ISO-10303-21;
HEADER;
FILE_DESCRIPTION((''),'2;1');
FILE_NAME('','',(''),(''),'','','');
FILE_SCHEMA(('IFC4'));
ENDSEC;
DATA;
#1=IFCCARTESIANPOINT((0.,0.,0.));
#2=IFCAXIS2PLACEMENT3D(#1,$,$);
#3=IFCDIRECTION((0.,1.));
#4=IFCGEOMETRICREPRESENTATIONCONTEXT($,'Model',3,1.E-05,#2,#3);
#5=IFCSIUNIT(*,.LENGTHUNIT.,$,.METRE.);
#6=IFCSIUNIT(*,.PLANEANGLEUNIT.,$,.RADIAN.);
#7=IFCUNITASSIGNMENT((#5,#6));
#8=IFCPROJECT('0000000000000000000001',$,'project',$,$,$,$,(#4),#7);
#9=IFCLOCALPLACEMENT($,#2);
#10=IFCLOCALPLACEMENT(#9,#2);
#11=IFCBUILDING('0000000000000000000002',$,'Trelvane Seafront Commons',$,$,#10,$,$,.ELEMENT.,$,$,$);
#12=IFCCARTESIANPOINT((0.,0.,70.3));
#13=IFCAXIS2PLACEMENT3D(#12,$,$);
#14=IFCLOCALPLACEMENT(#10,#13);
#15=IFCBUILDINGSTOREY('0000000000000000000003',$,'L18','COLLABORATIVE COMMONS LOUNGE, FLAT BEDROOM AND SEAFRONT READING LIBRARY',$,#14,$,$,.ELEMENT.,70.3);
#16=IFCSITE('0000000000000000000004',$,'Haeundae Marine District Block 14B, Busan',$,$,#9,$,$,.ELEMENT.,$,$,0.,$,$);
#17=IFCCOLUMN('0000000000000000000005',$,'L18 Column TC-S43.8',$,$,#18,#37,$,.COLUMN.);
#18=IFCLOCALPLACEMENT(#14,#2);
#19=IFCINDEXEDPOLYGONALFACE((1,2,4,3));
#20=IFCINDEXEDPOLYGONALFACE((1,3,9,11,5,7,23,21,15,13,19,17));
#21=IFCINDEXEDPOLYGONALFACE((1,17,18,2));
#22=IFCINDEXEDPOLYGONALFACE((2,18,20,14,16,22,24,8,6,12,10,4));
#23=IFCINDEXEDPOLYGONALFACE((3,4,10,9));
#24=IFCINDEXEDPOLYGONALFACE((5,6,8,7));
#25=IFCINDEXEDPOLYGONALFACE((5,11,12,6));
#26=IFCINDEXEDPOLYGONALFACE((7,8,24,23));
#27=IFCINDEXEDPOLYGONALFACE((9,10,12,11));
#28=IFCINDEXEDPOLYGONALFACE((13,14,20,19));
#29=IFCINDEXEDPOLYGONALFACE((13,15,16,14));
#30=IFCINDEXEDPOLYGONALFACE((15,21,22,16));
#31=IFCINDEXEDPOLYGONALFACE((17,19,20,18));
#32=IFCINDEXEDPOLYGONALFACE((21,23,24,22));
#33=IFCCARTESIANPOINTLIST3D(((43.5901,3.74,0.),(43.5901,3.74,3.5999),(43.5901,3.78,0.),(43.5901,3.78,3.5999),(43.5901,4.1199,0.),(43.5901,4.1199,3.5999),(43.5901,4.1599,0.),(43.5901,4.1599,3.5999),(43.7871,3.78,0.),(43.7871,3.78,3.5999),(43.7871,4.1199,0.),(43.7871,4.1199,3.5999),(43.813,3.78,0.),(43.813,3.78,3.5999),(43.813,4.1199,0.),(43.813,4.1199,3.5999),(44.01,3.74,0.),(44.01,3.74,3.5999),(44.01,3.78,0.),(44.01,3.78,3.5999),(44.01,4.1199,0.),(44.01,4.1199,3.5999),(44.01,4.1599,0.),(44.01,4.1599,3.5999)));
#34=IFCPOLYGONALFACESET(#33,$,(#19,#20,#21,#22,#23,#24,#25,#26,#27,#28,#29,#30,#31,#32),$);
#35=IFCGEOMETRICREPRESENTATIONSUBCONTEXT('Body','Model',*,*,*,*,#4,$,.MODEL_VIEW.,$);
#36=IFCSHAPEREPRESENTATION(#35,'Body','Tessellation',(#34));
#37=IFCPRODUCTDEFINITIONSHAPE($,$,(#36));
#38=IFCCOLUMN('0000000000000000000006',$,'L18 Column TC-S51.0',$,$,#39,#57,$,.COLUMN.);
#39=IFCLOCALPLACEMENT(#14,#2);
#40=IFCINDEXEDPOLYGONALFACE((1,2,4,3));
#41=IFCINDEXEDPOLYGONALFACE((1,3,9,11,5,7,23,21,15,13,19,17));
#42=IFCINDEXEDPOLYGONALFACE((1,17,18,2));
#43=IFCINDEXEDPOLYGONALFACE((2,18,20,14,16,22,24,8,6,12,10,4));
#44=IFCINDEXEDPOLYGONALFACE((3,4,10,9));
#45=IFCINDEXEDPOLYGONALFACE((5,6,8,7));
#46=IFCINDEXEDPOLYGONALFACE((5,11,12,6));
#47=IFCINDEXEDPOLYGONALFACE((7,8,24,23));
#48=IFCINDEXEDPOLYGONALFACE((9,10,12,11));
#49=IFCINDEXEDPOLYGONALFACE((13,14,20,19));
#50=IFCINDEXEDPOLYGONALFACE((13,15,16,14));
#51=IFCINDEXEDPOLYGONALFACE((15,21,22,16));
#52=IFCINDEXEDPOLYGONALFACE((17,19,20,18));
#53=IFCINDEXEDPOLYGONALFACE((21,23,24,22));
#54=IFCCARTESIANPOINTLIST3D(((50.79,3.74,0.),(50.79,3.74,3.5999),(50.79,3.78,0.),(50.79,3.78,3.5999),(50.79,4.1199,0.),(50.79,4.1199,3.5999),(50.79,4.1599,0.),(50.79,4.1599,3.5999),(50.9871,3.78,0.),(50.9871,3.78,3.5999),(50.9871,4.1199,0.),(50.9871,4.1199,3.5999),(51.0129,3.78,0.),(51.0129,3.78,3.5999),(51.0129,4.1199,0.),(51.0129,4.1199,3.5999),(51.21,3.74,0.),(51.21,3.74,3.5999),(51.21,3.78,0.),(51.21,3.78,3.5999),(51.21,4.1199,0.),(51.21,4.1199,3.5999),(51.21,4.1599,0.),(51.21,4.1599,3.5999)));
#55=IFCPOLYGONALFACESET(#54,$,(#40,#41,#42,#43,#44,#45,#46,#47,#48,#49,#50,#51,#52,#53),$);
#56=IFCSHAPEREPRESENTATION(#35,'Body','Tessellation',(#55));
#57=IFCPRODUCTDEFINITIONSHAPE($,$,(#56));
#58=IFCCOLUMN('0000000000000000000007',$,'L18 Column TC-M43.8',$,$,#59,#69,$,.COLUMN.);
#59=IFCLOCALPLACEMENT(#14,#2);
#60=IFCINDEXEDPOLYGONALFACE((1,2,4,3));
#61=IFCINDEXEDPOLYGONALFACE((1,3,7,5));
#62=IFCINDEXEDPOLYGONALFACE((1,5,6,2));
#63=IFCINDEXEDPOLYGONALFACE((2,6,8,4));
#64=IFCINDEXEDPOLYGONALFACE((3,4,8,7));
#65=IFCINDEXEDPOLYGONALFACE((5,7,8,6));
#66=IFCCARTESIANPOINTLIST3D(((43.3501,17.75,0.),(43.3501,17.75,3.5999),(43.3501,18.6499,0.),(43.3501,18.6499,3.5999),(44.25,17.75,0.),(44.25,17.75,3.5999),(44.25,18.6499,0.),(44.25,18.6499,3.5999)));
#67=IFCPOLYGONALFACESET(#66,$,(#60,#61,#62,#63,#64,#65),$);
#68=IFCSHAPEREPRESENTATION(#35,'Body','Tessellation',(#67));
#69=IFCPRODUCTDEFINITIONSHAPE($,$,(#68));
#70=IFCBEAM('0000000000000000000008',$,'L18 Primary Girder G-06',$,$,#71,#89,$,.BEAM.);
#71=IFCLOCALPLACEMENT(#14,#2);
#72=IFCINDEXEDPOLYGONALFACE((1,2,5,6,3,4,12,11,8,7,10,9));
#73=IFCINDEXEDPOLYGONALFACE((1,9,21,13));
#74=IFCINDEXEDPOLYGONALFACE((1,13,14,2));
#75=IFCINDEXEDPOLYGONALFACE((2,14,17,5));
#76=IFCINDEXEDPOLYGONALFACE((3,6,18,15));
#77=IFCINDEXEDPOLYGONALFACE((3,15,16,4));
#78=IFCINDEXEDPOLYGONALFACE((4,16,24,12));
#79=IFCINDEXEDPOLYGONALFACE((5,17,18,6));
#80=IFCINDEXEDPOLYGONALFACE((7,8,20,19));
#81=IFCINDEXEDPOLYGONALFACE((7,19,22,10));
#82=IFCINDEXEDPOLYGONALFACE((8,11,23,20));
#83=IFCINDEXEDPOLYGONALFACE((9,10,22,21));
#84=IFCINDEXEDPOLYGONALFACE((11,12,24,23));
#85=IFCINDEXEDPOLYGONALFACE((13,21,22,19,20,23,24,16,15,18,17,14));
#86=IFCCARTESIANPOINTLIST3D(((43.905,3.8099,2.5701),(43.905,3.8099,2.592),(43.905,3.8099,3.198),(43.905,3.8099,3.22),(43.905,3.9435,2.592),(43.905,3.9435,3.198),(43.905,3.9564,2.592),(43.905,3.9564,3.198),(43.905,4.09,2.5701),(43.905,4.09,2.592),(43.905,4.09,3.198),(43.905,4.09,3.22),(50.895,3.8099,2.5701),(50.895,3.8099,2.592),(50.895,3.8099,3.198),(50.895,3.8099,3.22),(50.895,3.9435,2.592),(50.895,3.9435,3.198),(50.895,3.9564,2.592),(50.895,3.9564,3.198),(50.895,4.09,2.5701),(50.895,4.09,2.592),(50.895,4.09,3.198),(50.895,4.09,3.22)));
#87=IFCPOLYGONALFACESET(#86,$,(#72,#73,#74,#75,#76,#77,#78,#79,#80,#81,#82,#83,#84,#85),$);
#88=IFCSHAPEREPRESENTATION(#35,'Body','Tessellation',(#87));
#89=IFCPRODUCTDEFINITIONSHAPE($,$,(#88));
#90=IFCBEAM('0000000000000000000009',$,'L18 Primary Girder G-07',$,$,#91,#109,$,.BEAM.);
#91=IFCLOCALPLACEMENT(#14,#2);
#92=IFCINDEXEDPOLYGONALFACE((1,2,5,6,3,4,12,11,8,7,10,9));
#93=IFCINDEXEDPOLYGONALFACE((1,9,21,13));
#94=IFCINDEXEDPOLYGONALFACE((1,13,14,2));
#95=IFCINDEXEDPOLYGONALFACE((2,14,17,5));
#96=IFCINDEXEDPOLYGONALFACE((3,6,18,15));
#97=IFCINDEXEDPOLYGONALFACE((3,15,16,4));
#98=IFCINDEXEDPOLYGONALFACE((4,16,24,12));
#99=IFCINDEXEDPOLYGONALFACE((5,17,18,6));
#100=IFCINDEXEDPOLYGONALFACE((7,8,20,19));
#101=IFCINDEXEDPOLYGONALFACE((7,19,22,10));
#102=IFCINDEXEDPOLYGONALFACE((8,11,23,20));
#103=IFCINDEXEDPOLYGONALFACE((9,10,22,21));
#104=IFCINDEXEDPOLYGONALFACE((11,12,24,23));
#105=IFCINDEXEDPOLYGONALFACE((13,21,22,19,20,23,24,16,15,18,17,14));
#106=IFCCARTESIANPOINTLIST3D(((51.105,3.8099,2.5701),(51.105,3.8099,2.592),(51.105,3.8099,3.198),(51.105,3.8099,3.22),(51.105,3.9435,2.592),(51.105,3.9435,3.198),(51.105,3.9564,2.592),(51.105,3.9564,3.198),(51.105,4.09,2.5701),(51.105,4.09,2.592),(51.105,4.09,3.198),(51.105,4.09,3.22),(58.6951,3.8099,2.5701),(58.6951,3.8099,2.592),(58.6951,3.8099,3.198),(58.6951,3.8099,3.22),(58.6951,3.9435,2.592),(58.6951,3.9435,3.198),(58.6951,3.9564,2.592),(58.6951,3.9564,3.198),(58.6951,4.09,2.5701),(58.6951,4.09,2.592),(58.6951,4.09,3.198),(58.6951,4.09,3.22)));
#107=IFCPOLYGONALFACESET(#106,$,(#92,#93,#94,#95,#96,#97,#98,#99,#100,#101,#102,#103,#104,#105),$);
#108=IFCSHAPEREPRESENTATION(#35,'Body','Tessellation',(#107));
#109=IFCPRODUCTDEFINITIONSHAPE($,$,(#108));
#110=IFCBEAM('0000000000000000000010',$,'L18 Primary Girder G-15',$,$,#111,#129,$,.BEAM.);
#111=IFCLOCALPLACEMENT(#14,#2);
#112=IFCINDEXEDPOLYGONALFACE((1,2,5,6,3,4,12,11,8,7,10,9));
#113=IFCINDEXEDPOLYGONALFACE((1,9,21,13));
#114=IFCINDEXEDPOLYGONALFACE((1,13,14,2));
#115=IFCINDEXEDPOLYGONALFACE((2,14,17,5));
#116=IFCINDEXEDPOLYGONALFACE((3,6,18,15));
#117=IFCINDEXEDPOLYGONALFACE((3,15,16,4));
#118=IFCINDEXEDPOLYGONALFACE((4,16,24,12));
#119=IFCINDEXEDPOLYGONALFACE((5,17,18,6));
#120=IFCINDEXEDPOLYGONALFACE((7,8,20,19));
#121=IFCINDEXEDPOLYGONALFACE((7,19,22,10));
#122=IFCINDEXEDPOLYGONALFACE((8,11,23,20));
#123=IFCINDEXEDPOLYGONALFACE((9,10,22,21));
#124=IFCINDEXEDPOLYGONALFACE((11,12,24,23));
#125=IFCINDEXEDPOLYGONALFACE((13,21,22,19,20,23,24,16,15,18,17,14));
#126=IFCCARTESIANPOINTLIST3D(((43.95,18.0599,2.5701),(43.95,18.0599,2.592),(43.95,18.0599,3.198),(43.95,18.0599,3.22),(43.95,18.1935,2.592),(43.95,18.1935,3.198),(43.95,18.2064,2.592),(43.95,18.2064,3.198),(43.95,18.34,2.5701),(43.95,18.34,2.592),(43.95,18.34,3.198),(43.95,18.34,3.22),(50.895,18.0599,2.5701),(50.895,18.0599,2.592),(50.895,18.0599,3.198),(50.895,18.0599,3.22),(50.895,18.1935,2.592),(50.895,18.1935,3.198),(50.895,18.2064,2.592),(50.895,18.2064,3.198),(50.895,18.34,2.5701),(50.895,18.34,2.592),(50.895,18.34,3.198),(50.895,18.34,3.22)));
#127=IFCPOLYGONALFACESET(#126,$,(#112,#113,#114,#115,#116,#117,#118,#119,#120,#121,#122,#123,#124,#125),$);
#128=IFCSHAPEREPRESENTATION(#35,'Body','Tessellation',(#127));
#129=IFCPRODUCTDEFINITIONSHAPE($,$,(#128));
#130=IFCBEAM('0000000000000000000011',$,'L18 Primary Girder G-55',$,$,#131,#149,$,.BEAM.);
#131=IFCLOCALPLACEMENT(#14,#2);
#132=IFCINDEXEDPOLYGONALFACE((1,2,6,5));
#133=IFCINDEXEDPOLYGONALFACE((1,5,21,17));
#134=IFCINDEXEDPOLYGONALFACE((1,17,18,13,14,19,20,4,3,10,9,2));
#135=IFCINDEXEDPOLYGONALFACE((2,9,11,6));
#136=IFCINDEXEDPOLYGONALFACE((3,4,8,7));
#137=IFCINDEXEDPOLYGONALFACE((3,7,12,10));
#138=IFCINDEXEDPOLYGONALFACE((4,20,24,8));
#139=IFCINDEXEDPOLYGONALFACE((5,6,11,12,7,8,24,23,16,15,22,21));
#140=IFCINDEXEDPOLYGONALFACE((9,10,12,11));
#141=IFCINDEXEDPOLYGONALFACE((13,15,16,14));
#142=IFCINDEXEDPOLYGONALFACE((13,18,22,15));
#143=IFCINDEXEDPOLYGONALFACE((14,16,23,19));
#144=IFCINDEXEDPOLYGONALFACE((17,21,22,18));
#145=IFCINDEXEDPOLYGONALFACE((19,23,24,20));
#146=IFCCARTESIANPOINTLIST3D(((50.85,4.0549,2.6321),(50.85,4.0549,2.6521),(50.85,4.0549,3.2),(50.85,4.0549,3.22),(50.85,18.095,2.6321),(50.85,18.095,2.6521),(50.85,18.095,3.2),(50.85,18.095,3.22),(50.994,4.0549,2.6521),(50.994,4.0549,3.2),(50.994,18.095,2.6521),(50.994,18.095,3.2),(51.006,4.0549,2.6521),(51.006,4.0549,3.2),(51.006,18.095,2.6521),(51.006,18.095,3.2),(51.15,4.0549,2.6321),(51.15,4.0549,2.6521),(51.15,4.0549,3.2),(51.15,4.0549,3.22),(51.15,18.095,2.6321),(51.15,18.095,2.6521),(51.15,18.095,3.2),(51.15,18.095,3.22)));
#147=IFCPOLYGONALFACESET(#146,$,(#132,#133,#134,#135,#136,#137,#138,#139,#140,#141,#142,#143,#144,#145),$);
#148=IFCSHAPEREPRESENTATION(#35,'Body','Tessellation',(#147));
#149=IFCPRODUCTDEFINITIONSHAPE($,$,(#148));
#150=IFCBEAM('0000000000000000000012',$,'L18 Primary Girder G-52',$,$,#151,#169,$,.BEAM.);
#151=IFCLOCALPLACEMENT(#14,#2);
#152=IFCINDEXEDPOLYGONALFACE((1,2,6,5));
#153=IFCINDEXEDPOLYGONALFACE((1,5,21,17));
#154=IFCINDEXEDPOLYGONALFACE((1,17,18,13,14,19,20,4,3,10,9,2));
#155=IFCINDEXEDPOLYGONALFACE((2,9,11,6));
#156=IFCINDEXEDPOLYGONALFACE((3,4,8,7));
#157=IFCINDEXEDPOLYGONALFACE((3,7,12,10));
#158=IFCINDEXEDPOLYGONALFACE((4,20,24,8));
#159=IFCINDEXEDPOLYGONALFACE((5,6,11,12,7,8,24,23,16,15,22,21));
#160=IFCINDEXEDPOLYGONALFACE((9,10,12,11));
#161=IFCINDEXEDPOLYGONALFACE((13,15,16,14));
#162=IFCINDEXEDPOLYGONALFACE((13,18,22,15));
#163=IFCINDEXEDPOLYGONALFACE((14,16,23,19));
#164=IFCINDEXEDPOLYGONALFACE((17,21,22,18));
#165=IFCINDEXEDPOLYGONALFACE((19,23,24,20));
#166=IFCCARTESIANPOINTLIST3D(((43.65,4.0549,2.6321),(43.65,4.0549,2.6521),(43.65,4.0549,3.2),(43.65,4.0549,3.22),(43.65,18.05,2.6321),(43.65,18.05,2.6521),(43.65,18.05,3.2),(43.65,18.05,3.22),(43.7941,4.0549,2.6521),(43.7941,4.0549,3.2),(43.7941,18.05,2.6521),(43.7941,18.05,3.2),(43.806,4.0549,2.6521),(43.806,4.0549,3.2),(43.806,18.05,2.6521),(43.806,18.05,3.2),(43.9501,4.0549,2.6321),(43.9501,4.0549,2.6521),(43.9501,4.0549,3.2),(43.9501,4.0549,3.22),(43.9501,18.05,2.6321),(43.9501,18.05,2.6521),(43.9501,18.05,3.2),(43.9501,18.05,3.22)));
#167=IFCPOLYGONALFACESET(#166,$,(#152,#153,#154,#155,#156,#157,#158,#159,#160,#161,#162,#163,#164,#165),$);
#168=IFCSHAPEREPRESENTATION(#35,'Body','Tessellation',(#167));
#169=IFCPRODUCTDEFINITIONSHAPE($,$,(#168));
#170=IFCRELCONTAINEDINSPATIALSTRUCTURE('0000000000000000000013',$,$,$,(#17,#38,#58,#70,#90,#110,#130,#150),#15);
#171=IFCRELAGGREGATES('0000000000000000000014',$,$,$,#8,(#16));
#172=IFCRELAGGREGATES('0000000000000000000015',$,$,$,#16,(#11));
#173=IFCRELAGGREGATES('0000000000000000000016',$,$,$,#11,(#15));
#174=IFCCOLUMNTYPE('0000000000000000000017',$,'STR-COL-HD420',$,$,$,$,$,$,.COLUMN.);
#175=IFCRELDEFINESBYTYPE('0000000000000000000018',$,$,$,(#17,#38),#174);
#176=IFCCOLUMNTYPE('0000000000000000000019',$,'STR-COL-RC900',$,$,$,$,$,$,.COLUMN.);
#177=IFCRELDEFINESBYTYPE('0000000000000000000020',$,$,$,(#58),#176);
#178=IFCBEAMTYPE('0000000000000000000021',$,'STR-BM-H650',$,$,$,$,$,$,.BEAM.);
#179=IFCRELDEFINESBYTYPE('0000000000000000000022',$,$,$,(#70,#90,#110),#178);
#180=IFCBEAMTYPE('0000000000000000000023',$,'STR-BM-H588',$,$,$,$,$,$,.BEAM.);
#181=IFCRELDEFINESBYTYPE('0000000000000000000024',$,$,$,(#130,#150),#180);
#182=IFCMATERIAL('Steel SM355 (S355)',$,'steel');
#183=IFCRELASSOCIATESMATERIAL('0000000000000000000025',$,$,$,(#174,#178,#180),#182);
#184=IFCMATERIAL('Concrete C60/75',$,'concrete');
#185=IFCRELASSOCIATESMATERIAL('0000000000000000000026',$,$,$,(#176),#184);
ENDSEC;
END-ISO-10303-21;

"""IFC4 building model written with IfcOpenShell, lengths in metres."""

from ifc_helpers import new_model, si_unit, direction, frame, origin, origin_2d, place, context, subcontext, project, spatial, rectangle, i_section, extrude, source, transform, mapped, material, material_profile, profile_set, type_object, element, save


model = new_model("IFC4")

# Units and contexts
model_context = context("Model", 3, precision=1e-05, world=origin(), true_north=direction((0.0, 1.0)))
body_context = subcontext(model_context, "Body", "Model", "MODEL_VIEW")
ifc_project = project(units=[si_unit("LENGTHUNIT", "METRE"), si_unit("PLANEANGLEUNIT", "RADIAN")], contexts=[model_context])

# Site, building, storey
site_placement = place(None, origin())
site = spatial("IfcSite", under=ifc_project, at=site_placement, Name="Haeundae Marine District Block 14B, Busan", CompositionType="ELEMENT", RefElevation=0.0)
building_placement = place(site_placement, origin())
building = spatial("IfcBuilding", under=site, at=building_placement, Name="Trelvane Seafront Commons", CompositionType="ELEMENT")
storey_placement = place(building_placement, frame((0.0, 0.0, 70.3)))
storey = spatial("IfcBuildingStorey", under=building, at=storey_placement, Name="L18", Description="COLLABORATIVE COMMONS LOUNGE, FLAT BEDROOM AND SEAFRONT READING LIBRARY", CompositionType="ELEMENT", Elevation=70.3)

# Columns
ifc_material_1 = material(Name="Steel SM355 (S355)", Category="steel")
ifc_material_profile_1 = material_profile(ifc_material_1, i_section(OverallWidth=0.4199, OverallDepth=0.4199, WebThickness=0.0259, FlangeThickness=0.04, at=origin_2d()), Name="HD-420x420x26x40")
ifc_profile_set_1 = profile_set([ifc_material_profile_1], Name="Steel SM355 (S355)")
column_type_1 = type_object("IfcColumnType", Name="STR-COL-HD420", PredefinedType="COLUMN", material=ifc_profile_set_1)
shared_shape_1 = source(origin(), body_context, "Body", "SweptSolid", [
    extrude(i_section(OverallWidth=0.4199, OverallDepth=0.4199, WebThickness=0.0259, FlangeThickness=0.04, at=origin_2d()), origin(), (0.0, 0.0, 1.0), 3.5999),
])
for number, where, z_axis, x_axis, name in (
    (1, (43.8, 3.95, 0.0), (0.0, 0.0, 1.0), (1.0, 0.0, 0.0), "L18 Column TC-S43.8"),
    (2, (51.0, 3.95, 0.0), (0.0, 0.0, 1.0), (1.0, 0.0, 0.0), "L18 Column TC-S51.0"),
):
    element("IfcColumn", number, at=place(storey_placement, frame(where, z_axis=z_axis, x_axis=x_axis)), inside=storey, type_object=column_type_1, Name=name, PredefinedType="COLUMN", context=body_context, shape_type="MappedRepresentation", body=[
        mapped(shared_shape_1, transform((0.0, 0.0, 0.0), x_axis=(1.0, 0.0, 0.0), y_axis=(0.0, 1.0, 0.0), z_axis=(0.0, 0.0, 1.0), scale=1.0)),
    ])
ifc_material_2 = material(Name="Concrete C60/75", Category="concrete")
ifc_material_profile_2 = material_profile(ifc_material_2, rectangle(XDim=0.8999, YDim=0.8999, at=origin_2d()), Name="RC-900x900")
ifc_profile_set_2 = profile_set([ifc_material_profile_2], Name="Concrete C60/75")
column_type_2 = type_object("IfcColumnType", Name="STR-COL-RC900", PredefinedType="COLUMN", material=ifc_profile_set_2)
shared_shape_2 = source(origin(), body_context, "Body", "SweptSolid", [
    extrude(rectangle(XDim=0.8999, YDim=0.8999, at=origin_2d()), origin(), (0.0, 0.0, 1.0), 3.5999),
])
column_placement = place(storey_placement, frame((43.8, 18.2, 0.0), z_axis=(0.0, 0.0, 1.0), x_axis=(1.0, 0.0, 0.0)))
element("IfcColumn", 3, at=column_placement, inside=storey, type_object=column_type_2, Name="L18 Column TC-M43.8", PredefinedType="COLUMN", context=body_context, shape_type="MappedRepresentation", body=[
    mapped(shared_shape_2, transform((0.0, 0.0, 0.0), x_axis=(1.0, 0.0, 0.0), y_axis=(0.0, 1.0, 0.0), z_axis=(0.0, 0.0, 1.0), scale=1.0)),
])

# Beams
ifc_material_profile_3 = material_profile(ifc_material_1, i_section(OverallWidth=0.28, OverallDepth=0.6499, WebThickness=0.0129, FlangeThickness=0.022, at=origin_2d()), Name="H-650x280x13x22")
ifc_profile_set_3 = profile_set([ifc_material_profile_3], Name="Steel SM355 (S355)")
beam_type_1 = type_object("IfcBeamType", Name="STR-BM-H650", PredefinedType="BEAM", material=ifc_profile_set_3)
shared_shape_3 = source(origin(), body_context, "Body", "SweptSolid", [
    extrude(i_section(OverallWidth=0.28, OverallDepth=0.6499, WebThickness=0.0129, FlangeThickness=0.022, at=origin_2d()), origin(), (0.0, 0.0, 1.0), 6.99),
])
beam_1_placement = place(storey_placement, frame((43.905, 3.95, 2.895), z_axis=(1.0, 0.0, 0.0), x_axis=(0.0, 1.0, 0.0)))
element("IfcBeam", 4, at=beam_1_placement, inside=storey, type_object=beam_type_1, Name="L18 Primary Girder G-06", PredefinedType="BEAM", context=body_context, shape_type="MappedRepresentation", body=[
    mapped(shared_shape_3, transform((0.0, 0.0, 0.0), x_axis=(1.0, 0.0, 0.0), y_axis=(0.0, 1.0, 0.0), z_axis=(0.0, 0.0, 1.0), scale=1.0)),
])
shared_shape_4 = source(origin(), body_context, "Body", "SweptSolid", [
    extrude(i_section(OverallWidth=0.28, OverallDepth=0.6499, WebThickness=0.0129, FlangeThickness=0.022, at=origin_2d()), origin(), (0.0, 0.0, 1.0), 7.5901),
])
beam_2_placement = place(storey_placement, frame((51.105, 3.95, 2.895), z_axis=(1.0, 0.0, 0.0), x_axis=(0.0, 1.0, 0.0)))
element("IfcBeam", 5, at=beam_2_placement, inside=storey, type_object=beam_type_1, Name="L18 Primary Girder G-07", PredefinedType="BEAM", context=body_context, shape_type="MappedRepresentation", body=[
    mapped(shared_shape_4, transform((0.0, 0.0, 0.0), x_axis=(1.0, 0.0, 0.0), y_axis=(0.0, 1.0, 0.0), z_axis=(0.0, 0.0, 1.0), scale=1.0)),
])
shared_shape_5 = source(origin(), body_context, "Body", "SweptSolid", [
    extrude(i_section(OverallWidth=0.28, OverallDepth=0.6499, WebThickness=0.0129, FlangeThickness=0.022, at=origin_2d()), origin(), (0.0, 0.0, 1.0), 6.9451),
])
beam_3_placement = place(storey_placement, frame((43.95, 18.2, 2.895), z_axis=(1.0, 0.0, 0.0), x_axis=(0.0, 1.0, 0.0)))
element("IfcBeam", 6, at=beam_3_placement, inside=storey, type_object=beam_type_1, Name="L18 Primary Girder G-15", PredefinedType="BEAM", context=body_context, shape_type="MappedRepresentation", body=[
    mapped(shared_shape_5, transform((0.0, 0.0, 0.0), x_axis=(1.0, 0.0, 0.0), y_axis=(0.0, 1.0, 0.0), z_axis=(0.0, 0.0, 1.0), scale=1.0)),
])
ifc_material_profile_4 = material_profile(ifc_material_1, i_section(OverallWidth=0.3, OverallDepth=0.5879, WebThickness=0.012, FlangeThickness=0.02, at=origin_2d()), Name="H-588x300x12x20")
ifc_profile_set_4 = profile_set([ifc_material_profile_4], Name="Steel SM355 (S355)")
beam_type_2 = type_object("IfcBeamType", Name="STR-BM-H588", PredefinedType="BEAM", material=ifc_profile_set_4)
shared_shape_6 = source(origin(), body_context, "Body", "SweptSolid", [
    extrude(i_section(OverallWidth=0.3, OverallDepth=0.5879, WebThickness=0.012, FlangeThickness=0.02, at=origin_2d()), origin(), (0.0, 0.0, 1.0), 14.04),
])
beam_4_placement = place(storey_placement, frame((51.0, 4.0549, 2.926), z_axis=(0.0, 1.0, 0.0), x_axis=(-1.0, 0.0, 0.0)))
element("IfcBeam", 7, at=beam_4_placement, inside=storey, type_object=beam_type_2, Name="L18 Primary Girder G-55", PredefinedType="BEAM", context=body_context, shape_type="MappedRepresentation", body=[
    mapped(shared_shape_6, transform((0.0, 0.0, 0.0), x_axis=(1.0, 0.0, 0.0), y_axis=(0.0, 1.0, 0.0), z_axis=(0.0, 0.0, 1.0), scale=1.0)),
])
shared_shape_7 = source(origin(), body_context, "Body", "SweptSolid", [
    extrude(i_section(OverallWidth=0.3, OverallDepth=0.5879, WebThickness=0.012, FlangeThickness=0.02, at=origin_2d()), origin(), (0.0, 0.0, 1.0), 13.9951),
])
beam_5_placement = place(storey_placement, frame((43.8, 4.0549, 2.926), z_axis=(0.0, 1.0, 0.0), x_axis=(-1.0, 0.0, 0.0)))
element("IfcBeam", 8, at=beam_5_placement, inside=storey, type_object=beam_type_2, Name="L18 Primary Girder G-52", PredefinedType="BEAM", context=body_context, shape_type="MappedRepresentation", body=[
    mapped(shared_shape_7, transform((0.0, 0.0, 0.0), x_axis=(1.0, 0.0, 0.0), y_axis=(0.0, 1.0, 0.0), z_axis=(0.0, 0.0, 1.0), scale=1.0)),
])

save(model, "model.ifc")
